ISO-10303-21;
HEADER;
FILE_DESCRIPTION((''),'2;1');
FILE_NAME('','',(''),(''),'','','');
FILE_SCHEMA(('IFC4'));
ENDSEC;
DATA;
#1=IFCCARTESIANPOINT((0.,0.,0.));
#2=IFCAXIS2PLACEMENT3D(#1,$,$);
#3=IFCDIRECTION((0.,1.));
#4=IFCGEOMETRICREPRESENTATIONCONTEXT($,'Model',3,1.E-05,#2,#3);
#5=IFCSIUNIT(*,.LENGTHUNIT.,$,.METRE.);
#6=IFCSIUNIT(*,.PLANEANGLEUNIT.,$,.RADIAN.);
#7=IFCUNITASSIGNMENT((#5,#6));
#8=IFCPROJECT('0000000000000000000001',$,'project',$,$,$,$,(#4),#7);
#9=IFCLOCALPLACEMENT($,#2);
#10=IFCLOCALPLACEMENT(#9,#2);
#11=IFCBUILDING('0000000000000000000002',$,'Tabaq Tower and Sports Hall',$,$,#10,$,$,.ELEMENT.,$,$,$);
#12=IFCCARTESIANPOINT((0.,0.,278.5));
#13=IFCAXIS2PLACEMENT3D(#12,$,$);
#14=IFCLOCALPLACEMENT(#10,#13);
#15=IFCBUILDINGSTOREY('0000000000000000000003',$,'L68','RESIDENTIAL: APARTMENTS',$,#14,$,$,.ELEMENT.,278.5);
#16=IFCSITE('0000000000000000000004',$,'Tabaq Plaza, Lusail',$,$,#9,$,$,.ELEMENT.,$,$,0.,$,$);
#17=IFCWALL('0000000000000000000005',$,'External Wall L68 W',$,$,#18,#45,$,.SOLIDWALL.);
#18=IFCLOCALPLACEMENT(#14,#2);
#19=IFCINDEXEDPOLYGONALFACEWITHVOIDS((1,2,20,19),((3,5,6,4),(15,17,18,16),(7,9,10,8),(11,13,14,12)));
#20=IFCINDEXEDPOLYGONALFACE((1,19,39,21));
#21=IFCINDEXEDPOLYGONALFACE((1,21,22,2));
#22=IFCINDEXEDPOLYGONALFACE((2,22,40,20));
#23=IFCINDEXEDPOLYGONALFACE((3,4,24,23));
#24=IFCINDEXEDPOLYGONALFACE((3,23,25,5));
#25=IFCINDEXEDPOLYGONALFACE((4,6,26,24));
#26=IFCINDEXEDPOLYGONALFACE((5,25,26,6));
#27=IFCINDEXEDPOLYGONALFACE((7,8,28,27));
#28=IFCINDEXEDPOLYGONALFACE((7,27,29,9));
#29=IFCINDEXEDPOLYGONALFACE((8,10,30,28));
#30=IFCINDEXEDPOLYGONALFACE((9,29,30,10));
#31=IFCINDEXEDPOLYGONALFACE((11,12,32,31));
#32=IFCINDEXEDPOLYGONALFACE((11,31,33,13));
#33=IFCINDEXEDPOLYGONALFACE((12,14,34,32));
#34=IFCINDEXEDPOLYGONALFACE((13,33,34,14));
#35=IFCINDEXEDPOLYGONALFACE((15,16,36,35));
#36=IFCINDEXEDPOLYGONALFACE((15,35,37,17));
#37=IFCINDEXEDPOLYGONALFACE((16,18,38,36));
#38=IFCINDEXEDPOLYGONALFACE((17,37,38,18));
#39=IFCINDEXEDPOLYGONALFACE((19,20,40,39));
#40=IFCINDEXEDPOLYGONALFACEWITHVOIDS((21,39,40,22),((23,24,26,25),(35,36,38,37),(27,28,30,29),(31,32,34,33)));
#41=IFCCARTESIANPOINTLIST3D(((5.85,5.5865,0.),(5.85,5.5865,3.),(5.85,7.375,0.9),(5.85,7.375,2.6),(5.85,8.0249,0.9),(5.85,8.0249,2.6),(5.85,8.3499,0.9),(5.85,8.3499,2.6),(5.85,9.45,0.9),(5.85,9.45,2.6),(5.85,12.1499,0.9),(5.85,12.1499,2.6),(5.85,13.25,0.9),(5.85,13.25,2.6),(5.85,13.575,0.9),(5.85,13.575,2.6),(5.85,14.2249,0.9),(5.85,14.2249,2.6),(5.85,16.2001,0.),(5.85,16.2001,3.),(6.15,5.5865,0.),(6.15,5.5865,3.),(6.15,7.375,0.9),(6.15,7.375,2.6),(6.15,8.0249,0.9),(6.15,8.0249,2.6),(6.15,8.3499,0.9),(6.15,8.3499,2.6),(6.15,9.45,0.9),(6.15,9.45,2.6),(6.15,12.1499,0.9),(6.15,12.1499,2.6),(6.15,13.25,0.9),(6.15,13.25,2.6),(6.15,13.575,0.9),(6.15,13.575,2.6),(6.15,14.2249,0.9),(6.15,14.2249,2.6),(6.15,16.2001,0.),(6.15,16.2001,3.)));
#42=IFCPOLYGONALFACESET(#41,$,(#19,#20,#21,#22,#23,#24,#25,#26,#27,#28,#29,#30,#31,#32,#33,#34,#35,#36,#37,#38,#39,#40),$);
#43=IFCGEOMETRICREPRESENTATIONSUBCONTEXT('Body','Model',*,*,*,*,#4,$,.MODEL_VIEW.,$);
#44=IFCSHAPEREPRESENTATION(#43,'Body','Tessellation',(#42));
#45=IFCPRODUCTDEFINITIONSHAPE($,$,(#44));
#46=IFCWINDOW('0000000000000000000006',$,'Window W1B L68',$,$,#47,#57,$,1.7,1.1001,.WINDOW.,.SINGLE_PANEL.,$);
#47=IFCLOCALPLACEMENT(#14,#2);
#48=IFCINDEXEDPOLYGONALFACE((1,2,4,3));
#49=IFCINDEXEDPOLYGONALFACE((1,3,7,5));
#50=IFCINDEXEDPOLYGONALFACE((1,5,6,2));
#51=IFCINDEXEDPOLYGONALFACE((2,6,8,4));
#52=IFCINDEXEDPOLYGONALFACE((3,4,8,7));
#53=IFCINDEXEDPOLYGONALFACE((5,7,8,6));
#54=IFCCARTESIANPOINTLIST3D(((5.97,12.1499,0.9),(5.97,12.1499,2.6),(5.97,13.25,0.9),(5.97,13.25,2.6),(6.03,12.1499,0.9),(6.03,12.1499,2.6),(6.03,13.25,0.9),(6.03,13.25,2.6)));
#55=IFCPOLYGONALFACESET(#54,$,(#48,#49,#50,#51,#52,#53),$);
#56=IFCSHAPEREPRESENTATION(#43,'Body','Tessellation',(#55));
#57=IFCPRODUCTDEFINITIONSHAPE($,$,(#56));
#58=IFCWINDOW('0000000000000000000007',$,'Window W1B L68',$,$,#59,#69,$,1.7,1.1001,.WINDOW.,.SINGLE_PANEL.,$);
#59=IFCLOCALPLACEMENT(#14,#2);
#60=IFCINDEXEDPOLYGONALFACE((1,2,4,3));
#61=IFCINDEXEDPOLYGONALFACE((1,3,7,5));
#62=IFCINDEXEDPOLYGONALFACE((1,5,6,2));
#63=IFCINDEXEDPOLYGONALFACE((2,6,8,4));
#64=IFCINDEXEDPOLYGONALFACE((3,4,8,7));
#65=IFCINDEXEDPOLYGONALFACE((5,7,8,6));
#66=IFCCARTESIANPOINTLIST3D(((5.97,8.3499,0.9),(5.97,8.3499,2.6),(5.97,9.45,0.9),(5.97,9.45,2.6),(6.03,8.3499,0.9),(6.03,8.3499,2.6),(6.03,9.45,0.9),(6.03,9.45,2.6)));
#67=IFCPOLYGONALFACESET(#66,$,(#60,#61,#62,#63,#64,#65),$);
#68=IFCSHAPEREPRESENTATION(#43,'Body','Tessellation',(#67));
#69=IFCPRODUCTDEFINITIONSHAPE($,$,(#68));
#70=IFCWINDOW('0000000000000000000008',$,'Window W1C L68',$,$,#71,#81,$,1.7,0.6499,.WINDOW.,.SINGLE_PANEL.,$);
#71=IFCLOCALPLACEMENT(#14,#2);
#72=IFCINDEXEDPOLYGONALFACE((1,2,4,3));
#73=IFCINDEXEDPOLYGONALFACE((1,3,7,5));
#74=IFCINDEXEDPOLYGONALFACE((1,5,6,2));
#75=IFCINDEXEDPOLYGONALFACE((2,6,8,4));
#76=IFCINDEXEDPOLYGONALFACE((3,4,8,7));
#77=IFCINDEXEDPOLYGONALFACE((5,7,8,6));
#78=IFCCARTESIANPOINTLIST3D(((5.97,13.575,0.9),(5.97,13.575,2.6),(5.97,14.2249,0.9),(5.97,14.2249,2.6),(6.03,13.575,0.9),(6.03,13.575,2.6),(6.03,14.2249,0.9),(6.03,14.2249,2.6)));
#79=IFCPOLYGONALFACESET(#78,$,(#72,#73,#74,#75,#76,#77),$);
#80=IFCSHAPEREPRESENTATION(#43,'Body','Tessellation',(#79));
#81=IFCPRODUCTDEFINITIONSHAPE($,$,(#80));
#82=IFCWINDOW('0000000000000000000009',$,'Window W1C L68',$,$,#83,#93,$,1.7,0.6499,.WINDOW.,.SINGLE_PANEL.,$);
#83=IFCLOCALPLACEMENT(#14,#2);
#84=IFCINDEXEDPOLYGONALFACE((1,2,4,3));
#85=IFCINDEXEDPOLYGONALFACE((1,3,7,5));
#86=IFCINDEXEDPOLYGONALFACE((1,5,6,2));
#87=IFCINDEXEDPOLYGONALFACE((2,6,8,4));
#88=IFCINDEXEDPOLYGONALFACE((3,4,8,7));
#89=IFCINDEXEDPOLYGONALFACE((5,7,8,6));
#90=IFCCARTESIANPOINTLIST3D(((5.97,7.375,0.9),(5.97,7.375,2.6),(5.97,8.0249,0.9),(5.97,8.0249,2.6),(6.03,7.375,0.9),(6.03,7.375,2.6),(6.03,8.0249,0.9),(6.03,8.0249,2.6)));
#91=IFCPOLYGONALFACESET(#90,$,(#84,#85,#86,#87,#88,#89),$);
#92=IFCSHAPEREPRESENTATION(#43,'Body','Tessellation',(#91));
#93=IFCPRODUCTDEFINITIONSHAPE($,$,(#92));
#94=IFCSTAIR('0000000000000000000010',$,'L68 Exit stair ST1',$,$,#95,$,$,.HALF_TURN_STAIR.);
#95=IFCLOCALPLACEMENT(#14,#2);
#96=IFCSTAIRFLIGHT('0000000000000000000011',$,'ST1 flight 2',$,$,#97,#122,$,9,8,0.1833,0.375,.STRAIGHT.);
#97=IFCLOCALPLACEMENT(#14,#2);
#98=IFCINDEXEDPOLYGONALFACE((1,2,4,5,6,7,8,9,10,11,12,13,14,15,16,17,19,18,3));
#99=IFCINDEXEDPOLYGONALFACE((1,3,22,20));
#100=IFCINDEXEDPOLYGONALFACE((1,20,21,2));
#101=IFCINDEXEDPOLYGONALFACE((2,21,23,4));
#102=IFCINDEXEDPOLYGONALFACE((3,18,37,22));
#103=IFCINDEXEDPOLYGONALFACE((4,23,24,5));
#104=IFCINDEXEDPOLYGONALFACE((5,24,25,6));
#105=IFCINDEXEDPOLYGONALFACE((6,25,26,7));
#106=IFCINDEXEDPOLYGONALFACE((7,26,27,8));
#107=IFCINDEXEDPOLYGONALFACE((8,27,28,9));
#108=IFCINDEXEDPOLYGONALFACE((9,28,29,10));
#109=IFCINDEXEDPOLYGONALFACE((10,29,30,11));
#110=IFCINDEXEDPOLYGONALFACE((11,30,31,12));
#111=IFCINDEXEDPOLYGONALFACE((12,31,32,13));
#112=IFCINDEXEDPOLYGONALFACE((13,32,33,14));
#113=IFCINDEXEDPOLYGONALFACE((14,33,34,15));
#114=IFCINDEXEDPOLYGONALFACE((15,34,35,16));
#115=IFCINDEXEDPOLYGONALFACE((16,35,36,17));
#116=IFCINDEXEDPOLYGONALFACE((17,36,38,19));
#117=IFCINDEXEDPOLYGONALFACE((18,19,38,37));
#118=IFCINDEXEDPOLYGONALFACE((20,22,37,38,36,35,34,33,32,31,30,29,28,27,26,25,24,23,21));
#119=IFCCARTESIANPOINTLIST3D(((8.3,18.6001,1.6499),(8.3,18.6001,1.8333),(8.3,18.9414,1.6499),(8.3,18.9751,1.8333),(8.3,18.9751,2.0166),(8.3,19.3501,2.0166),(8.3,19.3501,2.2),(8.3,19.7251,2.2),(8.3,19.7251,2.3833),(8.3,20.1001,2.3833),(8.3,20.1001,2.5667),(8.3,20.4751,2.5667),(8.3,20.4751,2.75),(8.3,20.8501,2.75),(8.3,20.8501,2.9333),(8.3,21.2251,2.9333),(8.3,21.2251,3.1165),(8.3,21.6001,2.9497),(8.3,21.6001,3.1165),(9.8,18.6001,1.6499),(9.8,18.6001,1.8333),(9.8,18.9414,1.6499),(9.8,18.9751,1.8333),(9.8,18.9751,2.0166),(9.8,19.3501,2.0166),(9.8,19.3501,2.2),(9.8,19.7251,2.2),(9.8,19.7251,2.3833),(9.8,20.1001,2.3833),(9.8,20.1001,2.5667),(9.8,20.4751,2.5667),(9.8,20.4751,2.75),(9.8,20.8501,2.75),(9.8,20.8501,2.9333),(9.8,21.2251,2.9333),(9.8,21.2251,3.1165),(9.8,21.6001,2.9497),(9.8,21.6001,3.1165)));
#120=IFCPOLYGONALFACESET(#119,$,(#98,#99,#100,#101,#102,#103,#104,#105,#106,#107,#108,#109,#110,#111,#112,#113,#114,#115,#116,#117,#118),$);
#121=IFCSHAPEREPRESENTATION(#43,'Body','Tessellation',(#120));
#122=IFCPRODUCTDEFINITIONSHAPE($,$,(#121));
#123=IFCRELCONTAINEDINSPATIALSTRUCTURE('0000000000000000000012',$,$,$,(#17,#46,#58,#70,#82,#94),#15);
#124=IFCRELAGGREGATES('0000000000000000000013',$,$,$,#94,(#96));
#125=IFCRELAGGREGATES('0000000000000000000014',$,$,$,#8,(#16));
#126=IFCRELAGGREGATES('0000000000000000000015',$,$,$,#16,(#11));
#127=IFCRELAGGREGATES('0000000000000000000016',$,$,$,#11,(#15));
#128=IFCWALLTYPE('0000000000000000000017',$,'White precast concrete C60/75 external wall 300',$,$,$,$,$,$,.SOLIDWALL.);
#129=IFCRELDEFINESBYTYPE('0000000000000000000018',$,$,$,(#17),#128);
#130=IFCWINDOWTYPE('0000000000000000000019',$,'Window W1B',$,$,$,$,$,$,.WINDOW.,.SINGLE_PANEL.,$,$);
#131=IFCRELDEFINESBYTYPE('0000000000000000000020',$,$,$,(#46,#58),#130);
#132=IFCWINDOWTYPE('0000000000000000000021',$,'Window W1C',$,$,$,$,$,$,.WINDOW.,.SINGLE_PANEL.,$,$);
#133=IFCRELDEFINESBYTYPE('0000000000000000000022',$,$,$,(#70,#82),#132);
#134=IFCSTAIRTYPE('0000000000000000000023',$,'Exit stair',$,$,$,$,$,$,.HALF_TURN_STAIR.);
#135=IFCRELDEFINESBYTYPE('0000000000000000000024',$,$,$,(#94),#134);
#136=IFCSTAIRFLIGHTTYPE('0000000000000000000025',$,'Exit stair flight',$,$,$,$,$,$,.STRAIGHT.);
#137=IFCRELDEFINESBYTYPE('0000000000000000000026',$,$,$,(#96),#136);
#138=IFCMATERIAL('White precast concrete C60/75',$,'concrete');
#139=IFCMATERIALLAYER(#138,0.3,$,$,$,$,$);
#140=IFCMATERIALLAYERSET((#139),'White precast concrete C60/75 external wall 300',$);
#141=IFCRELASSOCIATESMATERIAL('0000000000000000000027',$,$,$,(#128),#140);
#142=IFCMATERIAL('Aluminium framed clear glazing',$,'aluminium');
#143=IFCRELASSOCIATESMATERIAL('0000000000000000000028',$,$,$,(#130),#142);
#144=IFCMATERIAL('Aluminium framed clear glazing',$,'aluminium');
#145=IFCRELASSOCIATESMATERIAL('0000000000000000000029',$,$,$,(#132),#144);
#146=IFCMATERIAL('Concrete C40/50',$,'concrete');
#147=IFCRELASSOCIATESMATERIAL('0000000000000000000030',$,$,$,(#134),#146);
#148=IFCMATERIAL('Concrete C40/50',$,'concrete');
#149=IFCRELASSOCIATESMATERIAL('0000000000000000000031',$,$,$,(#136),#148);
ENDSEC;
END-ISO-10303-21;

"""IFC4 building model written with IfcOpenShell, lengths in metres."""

from ifc_helpers import new_model, si_unit, direction, frame, frame_2d, origin, place, context, subcontext, project, spatial, polyline, rectangle, outline, extrude, material, layer, layer_set, type_object, element, fill, aggregate, save


model = new_model("IFC4")

# Units and contexts
model_context = context("Model", 3, precision=1e-05, world=origin(), true_north=direction((0.0, 1.0)))
body_context = subcontext(model_context, "Body", "Model", "MODEL_VIEW")
ifc_project = project(units=[si_unit("LENGTHUNIT", "METRE"), si_unit("PLANEANGLEUNIT", "RADIAN")], contexts=[model_context])

# Site, building, storey
site_placement = place(None, origin())
site = spatial("IfcSite", under=ifc_project, at=site_placement, Name="Tabaq Plaza, Lusail", CompositionType="ELEMENT", RefElevation=0.0)
building_placement = place(site_placement, origin())
building = spatial("IfcBuilding", under=site, at=building_placement, Name="Tabaq Tower and Sports Hall", CompositionType="ELEMENT")
storey_placement = place(building_placement, frame((0.0, 0.0, 278.5)))
storey = spatial("IfcBuildingStorey", under=building, at=storey_placement, Name="L68", Description="RESIDENTIAL: APARTMENTS", CompositionType="ELEMENT", Elevation=278.5)

# Wall, openings, windows
ifc_material_1 = material(Name="White precast concrete C60/75", Category="concrete")
ifc_layer_1 = layer(ifc_material_1, 0.3)
ifc_layer_set_1 = layer_set([ifc_layer_1], Name="White precast concrete C60/75 external wall 300")
wall_type_1 = type_object("IfcWallType", Name="White precast concrete C60/75 external wall 300", PredefinedType="SOLIDWALL", material=ifc_layer_set_1)
wall_1_placement = place(storey_placement, frame((6.0, 16.2, 0.0), z_axis=(0.0, 0.0, 1.0), x_axis=(0.0, -1.0, 0.0)))
wall_1 = element("IfcWall", 1, at=wall_1_placement, inside=storey, type_object=wall_type_1, Name="External Wall L68 W", PredefinedType="SOLIDWALL", context=body_context, shape_type="SweptSolid", body=[
    extrude(rectangle(XDim=10.6135, YDim=0.3, at=frame_2d((5.3066, 0.0))), origin(), (0.0, 0.0, 1.0), 3.0),
])
opening_1_placement = place(wall_1_placement, frame((1.9751, 0.0, 0.8999)))
opening_1 = element("IfcOpeningElement", 2, at=opening_1_placement, cuts=wall_1, PredefinedType="OPENING", context=body_context, shape_type="SweptSolid", body=[
    extrude(rectangle(XDim=0.6499, YDim=1.7, at=frame_2d((0.325, 0.8501))), frame((0.0, 0.1602, 0.0), z_axis=(0.0, -1.0, 0.0), x_axis=(1.0, 0.0, 0.0)), (0.0, 0.0, 1.0), 0.3201),
])
opening_2_placement = place(wall_1_placement, frame((2.95, 0.0, 0.8999)))
opening_2 = element("IfcOpeningElement", 3, at=opening_2_placement, cuts=wall_1, PredefinedType="OPENING", context=body_context, shape_type="SweptSolid", body=[
    extrude(rectangle(XDim=1.1001, YDim=1.7, at=frame_2d((0.55, 0.8501))), frame((0.0, 0.1602, 0.0), z_axis=(0.0, -1.0, 0.0), x_axis=(1.0, 0.0, 0.0)), (0.0, 0.0, 1.0), 0.3201),
])
opening_3_placement = place(wall_1_placement, frame((6.75, 0.0, 0.8999)))
opening_3 = element("IfcOpeningElement", 4, at=opening_3_placement, cuts=wall_1, PredefinedType="OPENING", context=body_context, shape_type="SweptSolid", body=[
    extrude(rectangle(XDim=1.1001, YDim=1.7, at=frame_2d((0.55, 0.8501))), frame((0.0, 0.1602, 0.0), z_axis=(0.0, -1.0, 0.0), x_axis=(1.0, 0.0, 0.0)), (0.0, 0.0, 1.0), 0.3201),
])
opening_4_placement = place(wall_1_placement, frame((8.175, 0.0, 0.8999)))
opening_4 = element("IfcOpeningElement", 5, at=opening_4_placement, cuts=wall_1, PredefinedType="OPENING", context=body_context, shape_type="SweptSolid", body=[
    extrude(rectangle(XDim=0.6499, YDim=1.7, at=frame_2d((0.325, 0.8501))), frame((0.0, 0.1602, 0.0), z_axis=(0.0, -1.0, 0.0), x_axis=(1.0, 0.0, 0.0)), (0.0, 0.0, 1.0), 0.3201),
])
ifc_material_2 = material(Name="Aluminium framed clear glazing", Category="aluminium")
window_type_1 = type_object("IfcWindowType", Name="Window W1B", PartitioningType="SINGLE_PANEL", PredefinedType="WINDOW", material=ifc_material_2)
window_1_placement = place(opening_2_placement, origin())
window_1 = element("IfcWindow", 6, at=window_1_placement, inside=storey, type_object=window_type_1, Name="Window W1B L68", OverallHeight=1.7, OverallWidth=1.1001, PartitioningType="SINGLE_PANEL", PredefinedType="WINDOW", context=body_context, shape_type="SweptSolid", body=[
    extrude(rectangle(XDim=1.1001, YDim=1.7, at=frame_2d((0.55, 0.8501))), frame((0.0, 0.03, 0.0), z_axis=(0.0, -1.0, 0.0), x_axis=(1.0, 0.0, 0.0)), (0.0, 0.0, 1.0), 0.0601),
])
fill(opening_2, window_1)
window_2_placement = place(opening_3_placement, origin())
window_2 = element("IfcWindow", 7, at=window_2_placement, inside=storey, type_object=window_type_1, Name="Window W1B L68", OverallHeight=1.7, OverallWidth=1.1001, PartitioningType="SINGLE_PANEL", PredefinedType="WINDOW", context=body_context, shape_type="SweptSolid", body=[
    extrude(rectangle(XDim=1.1001, YDim=1.7, at=frame_2d((0.55, 0.8501))), frame((0.0, 0.03, 0.0), z_axis=(0.0, -1.0, 0.0), x_axis=(1.0, 0.0, 0.0)), (0.0, 0.0, 1.0), 0.0601),
])
fill(opening_3, window_2)
ifc_material_3 = material(Name="Aluminium framed clear glazing", Category="aluminium")
window_type_2 = type_object("IfcWindowType", Name="Window W1C", PartitioningType="SINGLE_PANEL", PredefinedType="WINDOW", material=ifc_material_3)
window_3_placement = place(opening_1_placement, origin())
window_3 = element("IfcWindow", 8, at=window_3_placement, inside=storey, type_object=window_type_2, Name="Window W1C L68", OverallHeight=1.7, OverallWidth=0.6499, PartitioningType="SINGLE_PANEL", PredefinedType="WINDOW", context=body_context, shape_type="SweptSolid", body=[
    extrude(rectangle(XDim=0.6499, YDim=1.7, at=frame_2d((0.325, 0.8501))), frame((0.0, 0.03, 0.0), z_axis=(0.0, -1.0, 0.0), x_axis=(1.0, 0.0, 0.0)), (0.0, 0.0, 1.0), 0.0601),
])
fill(opening_1, window_3)
window_4_placement = place(opening_4_placement, origin())
window_4 = element("IfcWindow", 9, at=window_4_placement, inside=storey, type_object=window_type_2, Name="Window W1C L68", OverallHeight=1.7, OverallWidth=0.6499, PartitioningType="SINGLE_PANEL", PredefinedType="WINDOW", context=body_context, shape_type="SweptSolid", body=[
    extrude(rectangle(XDim=0.6499, YDim=1.7, at=frame_2d((0.325, 0.8501))), frame((0.0, 0.03, 0.0), z_axis=(0.0, -1.0, 0.0), x_axis=(1.0, 0.0, 0.0)), (0.0, 0.0, 1.0), 0.0601),
])
fill(opening_4, window_4)

# Stair, stair flight
ifc_material_4 = material(Name="Concrete C40/50", Category="concrete")
stair_type = type_object("IfcStairType", Name="Exit stair", PredefinedType="HALF_TURN_STAIR", material=ifc_material_4)
stair_placement = place(storey_placement, origin())
stair = element("IfcStair", 10, at=stair_placement, inside=storey, type_object=stair_type, Name="L68 Exit stair ST1", PredefinedType="HALF_TURN_STAIR")
ifc_material_5 = material(Name="Concrete C40/50", Category="concrete")
stair_flight_type = type_object("IfcStairFlightType", Name="Exit stair flight", PredefinedType="STRAIGHT", material=ifc_material_5)
stair_flight_placement = place(storey_placement, frame((9.05, 18.6001, 1.6499), z_axis=(0.0, 0.0, 1.0), x_axis=(0.0, 1.0, 0.0)))
stair_flight = element("IfcStairFlight", 11, at=stair_flight_placement, type_object=stair_flight_type, Name="ST1 flight 2", NumberOfRisers=9, NumberOfTreads=8, PredefinedType="STRAIGHT", RiserHeight=0.1833, TreadLength=0.375, context=body_context, shape_type="SweptSolid", body=[
    extrude(outline(polyline([(0.0, 0.0), (0.0, 0.1833), (0.375, 0.1833), (0.375, 0.3667), (0.75, 0.3667), (0.75, 0.55), (1.125, 0.55), (1.125, 0.7334), (1.5, 0.7334), (1.5, 0.9167), (1.875, 0.9167), (1.875, 1.1001), (2.25, 1.1001), (2.25, 1.2834), (2.625, 1.2834), (2.625, 1.4666), (3.0, 1.4666), (3.0, 1.6499), (3.0, 1.2998), (0.3413, 0.0), (0.0, 0.0)])), frame((0.0, 0.75, 0.0), z_axis=(0.0, -1.0, 0.0), x_axis=(1.0, 0.0, 0.0)), (0.0, 0.0, 1.0), 1.5),
])
aggregate(stair, [stair_flight])

save(model, "model.ifc")
